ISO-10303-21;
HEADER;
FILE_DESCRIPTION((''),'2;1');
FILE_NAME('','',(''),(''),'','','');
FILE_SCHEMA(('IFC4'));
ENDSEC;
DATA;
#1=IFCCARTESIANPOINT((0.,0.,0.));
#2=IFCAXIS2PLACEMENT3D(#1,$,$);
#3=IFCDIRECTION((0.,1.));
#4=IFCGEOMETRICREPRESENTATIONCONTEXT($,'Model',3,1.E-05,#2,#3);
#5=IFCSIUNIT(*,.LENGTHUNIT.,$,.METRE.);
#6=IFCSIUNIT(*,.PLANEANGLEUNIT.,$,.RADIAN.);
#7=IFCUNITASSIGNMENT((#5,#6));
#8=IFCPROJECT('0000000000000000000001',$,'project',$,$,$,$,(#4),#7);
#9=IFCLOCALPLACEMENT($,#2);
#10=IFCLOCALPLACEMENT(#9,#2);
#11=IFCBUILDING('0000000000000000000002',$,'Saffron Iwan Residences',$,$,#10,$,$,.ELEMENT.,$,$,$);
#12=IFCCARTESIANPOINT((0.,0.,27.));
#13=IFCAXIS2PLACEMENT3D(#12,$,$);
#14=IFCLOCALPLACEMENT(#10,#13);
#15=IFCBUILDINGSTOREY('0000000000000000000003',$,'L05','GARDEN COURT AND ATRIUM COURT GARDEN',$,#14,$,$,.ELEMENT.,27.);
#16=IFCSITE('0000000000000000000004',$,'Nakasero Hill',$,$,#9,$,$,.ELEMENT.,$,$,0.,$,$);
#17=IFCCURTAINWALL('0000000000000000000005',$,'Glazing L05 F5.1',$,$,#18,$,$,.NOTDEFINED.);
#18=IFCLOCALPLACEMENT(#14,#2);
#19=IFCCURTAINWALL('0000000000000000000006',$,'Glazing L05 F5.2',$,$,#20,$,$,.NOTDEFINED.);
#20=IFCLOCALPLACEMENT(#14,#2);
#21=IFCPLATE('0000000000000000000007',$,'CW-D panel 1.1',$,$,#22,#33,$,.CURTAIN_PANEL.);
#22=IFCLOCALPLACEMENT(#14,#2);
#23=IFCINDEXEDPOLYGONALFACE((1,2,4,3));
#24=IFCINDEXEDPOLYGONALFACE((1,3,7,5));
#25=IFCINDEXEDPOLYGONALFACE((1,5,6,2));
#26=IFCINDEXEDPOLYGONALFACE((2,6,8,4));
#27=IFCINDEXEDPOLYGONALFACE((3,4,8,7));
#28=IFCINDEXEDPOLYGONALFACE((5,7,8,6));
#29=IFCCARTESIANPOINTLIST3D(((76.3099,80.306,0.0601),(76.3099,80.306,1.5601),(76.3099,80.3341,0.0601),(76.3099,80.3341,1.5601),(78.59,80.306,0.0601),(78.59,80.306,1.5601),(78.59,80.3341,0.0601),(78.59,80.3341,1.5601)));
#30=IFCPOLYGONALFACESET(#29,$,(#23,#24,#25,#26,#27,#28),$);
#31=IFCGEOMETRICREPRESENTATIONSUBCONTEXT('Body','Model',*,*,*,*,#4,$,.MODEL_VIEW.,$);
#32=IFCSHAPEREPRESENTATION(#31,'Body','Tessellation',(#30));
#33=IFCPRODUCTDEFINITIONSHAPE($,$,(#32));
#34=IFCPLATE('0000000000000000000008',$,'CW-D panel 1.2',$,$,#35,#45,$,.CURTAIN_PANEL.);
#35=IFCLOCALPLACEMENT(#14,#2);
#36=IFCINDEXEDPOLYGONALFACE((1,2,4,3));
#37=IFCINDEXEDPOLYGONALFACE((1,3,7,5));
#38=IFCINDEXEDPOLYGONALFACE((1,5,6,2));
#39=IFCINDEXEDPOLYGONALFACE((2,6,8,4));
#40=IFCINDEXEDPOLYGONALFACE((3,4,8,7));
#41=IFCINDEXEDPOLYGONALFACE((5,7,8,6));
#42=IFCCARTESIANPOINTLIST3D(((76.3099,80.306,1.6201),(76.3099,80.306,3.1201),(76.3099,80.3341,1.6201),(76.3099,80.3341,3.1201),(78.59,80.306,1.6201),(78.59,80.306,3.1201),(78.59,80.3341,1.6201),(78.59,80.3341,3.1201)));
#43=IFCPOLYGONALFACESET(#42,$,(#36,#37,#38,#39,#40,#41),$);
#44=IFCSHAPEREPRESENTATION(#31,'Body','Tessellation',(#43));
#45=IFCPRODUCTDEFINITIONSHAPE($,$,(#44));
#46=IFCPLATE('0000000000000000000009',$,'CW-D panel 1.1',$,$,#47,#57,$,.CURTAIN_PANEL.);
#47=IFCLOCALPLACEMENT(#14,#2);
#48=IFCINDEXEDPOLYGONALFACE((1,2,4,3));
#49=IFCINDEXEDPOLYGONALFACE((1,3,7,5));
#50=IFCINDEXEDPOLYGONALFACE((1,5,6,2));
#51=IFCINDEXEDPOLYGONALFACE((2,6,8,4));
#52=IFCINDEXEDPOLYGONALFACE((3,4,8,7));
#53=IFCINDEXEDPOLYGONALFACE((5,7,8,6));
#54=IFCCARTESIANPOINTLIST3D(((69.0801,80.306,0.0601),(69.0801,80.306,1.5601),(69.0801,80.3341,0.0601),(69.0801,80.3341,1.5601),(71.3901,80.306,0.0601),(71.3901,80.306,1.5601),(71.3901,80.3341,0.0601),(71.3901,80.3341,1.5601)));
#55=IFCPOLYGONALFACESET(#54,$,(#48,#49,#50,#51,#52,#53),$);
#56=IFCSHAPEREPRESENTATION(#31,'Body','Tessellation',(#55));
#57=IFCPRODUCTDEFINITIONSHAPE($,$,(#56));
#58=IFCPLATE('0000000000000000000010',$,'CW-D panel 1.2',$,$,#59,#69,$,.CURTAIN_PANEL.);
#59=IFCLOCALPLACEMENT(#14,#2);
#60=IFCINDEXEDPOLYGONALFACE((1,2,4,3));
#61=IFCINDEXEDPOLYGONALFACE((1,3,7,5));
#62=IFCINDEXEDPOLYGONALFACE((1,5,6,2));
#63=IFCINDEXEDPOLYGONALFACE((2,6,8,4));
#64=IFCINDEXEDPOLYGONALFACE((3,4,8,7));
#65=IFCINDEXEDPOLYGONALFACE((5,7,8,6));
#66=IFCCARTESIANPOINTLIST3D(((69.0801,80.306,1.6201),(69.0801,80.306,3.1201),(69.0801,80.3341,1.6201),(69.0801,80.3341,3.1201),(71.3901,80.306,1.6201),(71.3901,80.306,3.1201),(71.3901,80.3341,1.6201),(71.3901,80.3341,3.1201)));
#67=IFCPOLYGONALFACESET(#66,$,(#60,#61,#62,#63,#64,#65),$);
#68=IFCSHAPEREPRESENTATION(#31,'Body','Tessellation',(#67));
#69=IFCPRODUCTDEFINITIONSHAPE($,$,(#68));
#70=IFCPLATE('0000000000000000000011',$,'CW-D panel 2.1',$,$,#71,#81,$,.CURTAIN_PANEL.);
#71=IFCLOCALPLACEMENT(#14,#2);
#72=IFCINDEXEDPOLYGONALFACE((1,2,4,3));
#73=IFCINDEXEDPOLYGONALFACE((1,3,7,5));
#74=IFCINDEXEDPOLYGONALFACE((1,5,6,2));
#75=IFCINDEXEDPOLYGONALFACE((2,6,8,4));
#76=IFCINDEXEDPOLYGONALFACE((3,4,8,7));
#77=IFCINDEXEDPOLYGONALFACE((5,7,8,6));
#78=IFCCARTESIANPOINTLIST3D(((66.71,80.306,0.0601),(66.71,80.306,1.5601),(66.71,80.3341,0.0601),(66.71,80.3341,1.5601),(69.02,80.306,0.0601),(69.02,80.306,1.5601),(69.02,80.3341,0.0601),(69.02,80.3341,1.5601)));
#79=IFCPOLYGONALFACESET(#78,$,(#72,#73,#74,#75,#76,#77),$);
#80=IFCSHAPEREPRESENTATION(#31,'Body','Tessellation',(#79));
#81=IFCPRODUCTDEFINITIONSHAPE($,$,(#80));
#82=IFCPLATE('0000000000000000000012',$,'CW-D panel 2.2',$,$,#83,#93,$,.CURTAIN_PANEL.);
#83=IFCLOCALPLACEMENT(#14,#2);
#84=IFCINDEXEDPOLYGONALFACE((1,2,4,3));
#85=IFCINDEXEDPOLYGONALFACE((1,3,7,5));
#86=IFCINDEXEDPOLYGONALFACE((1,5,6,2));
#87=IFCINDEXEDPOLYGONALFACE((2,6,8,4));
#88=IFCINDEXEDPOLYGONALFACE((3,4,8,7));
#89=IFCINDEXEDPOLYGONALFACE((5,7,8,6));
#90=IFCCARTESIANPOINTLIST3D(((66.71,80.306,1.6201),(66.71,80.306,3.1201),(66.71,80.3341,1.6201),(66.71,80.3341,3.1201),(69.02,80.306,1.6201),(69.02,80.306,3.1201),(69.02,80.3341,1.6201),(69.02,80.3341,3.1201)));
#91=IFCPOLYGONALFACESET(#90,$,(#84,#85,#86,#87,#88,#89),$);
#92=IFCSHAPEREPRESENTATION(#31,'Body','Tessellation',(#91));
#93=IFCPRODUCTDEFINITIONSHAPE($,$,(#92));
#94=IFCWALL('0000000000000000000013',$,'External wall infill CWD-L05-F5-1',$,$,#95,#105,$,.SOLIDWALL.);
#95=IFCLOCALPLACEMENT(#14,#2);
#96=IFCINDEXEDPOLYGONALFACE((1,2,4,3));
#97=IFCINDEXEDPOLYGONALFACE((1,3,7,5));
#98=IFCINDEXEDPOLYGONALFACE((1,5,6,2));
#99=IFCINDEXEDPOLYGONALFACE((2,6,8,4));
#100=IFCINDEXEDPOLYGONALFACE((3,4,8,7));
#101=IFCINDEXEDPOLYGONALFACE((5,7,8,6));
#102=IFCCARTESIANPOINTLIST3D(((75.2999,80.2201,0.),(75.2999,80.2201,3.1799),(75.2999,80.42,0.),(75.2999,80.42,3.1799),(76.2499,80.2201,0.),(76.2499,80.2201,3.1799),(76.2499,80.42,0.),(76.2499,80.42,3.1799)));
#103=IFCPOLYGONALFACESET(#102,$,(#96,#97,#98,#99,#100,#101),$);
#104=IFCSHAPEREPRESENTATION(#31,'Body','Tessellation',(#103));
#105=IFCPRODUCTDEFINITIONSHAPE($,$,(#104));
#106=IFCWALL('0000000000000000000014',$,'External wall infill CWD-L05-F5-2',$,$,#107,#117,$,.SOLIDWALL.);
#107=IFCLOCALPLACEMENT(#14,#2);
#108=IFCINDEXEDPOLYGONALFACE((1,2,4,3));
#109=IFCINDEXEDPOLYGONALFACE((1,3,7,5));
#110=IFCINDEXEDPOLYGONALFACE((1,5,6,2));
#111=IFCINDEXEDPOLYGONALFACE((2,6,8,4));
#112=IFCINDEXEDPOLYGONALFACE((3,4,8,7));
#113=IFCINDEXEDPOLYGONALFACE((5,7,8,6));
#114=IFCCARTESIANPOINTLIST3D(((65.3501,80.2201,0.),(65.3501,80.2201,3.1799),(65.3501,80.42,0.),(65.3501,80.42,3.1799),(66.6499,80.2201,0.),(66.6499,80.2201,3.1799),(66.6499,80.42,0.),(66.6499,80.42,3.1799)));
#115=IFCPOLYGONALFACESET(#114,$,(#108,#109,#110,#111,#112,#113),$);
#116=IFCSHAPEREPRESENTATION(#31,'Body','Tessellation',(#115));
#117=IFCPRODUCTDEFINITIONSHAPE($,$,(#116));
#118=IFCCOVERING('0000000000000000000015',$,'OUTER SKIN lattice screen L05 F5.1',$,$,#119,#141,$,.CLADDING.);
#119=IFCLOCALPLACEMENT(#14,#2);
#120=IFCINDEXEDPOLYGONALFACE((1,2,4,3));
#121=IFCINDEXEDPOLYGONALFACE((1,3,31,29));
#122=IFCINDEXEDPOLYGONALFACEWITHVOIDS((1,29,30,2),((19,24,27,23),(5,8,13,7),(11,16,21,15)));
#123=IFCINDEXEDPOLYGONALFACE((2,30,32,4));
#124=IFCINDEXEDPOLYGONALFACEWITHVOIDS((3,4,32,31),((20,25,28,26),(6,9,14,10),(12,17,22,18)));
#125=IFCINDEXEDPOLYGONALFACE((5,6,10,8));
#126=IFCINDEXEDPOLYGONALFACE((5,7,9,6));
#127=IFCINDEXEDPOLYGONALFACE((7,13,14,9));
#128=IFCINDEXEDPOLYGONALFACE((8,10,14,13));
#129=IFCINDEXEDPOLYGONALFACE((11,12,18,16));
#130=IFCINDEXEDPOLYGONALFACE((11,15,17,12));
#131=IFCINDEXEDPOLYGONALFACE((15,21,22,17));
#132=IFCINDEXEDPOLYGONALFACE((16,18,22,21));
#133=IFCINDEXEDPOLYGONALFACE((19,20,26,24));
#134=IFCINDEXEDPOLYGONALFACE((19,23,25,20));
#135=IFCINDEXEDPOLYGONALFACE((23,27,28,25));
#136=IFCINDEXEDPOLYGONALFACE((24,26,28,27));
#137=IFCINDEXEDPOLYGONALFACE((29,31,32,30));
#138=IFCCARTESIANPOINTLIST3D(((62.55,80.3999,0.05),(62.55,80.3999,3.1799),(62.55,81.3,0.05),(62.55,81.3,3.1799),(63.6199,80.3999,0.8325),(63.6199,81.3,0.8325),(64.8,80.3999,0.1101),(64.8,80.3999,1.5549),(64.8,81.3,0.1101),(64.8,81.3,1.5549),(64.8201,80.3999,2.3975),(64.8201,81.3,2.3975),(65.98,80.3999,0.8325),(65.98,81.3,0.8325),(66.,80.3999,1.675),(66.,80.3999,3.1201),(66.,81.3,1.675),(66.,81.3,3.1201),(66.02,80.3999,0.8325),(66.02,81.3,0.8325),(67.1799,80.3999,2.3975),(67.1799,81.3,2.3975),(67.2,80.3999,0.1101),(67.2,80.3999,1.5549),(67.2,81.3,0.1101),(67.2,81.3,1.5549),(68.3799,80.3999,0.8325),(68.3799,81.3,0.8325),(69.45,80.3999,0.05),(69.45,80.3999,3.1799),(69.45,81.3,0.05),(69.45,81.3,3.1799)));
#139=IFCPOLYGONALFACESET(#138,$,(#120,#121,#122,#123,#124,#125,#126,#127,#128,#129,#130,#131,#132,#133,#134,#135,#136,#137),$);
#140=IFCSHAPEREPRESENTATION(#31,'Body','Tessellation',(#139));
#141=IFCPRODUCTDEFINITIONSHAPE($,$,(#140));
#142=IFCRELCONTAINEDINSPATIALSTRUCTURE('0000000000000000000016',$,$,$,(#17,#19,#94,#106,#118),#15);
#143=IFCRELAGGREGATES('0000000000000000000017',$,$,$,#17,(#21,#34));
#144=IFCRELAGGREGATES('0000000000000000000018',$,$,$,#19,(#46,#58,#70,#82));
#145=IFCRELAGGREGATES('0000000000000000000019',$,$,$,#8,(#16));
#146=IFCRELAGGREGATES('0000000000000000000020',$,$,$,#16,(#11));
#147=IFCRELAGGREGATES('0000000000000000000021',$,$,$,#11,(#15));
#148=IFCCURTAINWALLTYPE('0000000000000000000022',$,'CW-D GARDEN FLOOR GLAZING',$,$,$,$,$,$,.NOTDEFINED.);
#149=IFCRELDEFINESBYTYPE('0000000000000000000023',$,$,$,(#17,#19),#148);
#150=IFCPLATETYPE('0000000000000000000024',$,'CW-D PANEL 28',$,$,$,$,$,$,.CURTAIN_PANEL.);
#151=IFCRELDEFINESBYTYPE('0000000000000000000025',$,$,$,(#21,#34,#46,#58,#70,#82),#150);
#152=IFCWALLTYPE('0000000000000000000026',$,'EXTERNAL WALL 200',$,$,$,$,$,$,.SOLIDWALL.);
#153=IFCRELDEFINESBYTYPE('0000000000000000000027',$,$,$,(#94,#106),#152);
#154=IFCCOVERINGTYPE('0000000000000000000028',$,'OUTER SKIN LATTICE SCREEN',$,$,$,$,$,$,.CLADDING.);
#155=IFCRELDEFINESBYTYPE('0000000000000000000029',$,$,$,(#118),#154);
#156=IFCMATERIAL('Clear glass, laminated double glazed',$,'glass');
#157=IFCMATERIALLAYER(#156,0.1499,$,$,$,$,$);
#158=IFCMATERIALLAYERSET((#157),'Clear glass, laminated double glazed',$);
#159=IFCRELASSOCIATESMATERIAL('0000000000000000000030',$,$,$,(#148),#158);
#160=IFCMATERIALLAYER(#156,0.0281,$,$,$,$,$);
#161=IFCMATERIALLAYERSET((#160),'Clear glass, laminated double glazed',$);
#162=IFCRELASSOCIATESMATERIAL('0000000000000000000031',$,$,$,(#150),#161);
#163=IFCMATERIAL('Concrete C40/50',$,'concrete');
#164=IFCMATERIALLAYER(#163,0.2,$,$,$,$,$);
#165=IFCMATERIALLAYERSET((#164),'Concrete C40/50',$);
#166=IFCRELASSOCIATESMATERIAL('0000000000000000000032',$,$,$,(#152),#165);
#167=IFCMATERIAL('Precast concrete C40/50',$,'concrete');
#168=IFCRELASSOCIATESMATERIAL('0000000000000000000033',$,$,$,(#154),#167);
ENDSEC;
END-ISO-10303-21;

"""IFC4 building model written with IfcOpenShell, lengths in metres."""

from ifc_helpers import new_model, si_unit, direction, frame, frame_2d, origin, origin_2d, place, context, subcontext, project, spatial, polyline, rectangle, outline, extrude, source, transform, mapped, material, layer, layer_set, type_object, element, aggregate, save


model = new_model("IFC4")

# Units and contexts
model_context = context("Model", 3, precision=1e-05, world=origin(), true_north=direction((0.0, 1.0)))
body_context = subcontext(model_context, "Body", "Model", "MODEL_VIEW")
ifc_project = project(units=[si_unit("LENGTHUNIT", "METRE"), si_unit("PLANEANGLEUNIT", "RADIAN")], contexts=[model_context])

# Site, building, storey
site_placement = place(None, origin())
site = spatial("IfcSite", under=ifc_project, at=site_placement, Name="Nakasero Hill", CompositionType="ELEMENT", RefElevation=0.0)
building_placement = place(site_placement, origin())
building = spatial("IfcBuilding", under=site, at=building_placement, Name="Saffron Iwan Residences", CompositionType="ELEMENT")
storey_placement = place(building_placement, frame((0.0, 0.0, 27.0)))
storey = spatial("IfcBuildingStorey", under=building, at=storey_placement, Name="L05", Description="GARDEN COURT AND ATRIUM COURT GARDEN", CompositionType="ELEMENT", Elevation=27.0)

# Curtain wall
ifc_material_1 = material(Name="Clear glass, laminated double glazed", Category="glass")
ifc_layer_1 = layer(ifc_material_1, 0.1499)
ifc_layer_set_1 = layer_set([ifc_layer_1], Name="Clear glass, laminated double glazed")
curtain_wall_type = type_object("IfcCurtainWallType", Name="CW-D GARDEN FLOOR GLAZING", PredefinedType="NOTDEFINED", material=ifc_layer_set_1)
curtain_wall_1_placement = place(storey_placement, origin())
curtain_wall_1 = element("IfcCurtainWall", 1, at=curtain_wall_1_placement, inside=storey, type_object=curtain_wall_type, Name="Glazing L05 F5.1", PredefinedType="NOTDEFINED")

# Curtain wall
curtain_wall_2_placement = place(storey_placement, origin())
curtain_wall_2 = element("IfcCurtainWall", 2, at=curtain_wall_2_placement, inside=storey, type_object=curtain_wall_type, Name="Glazing L05 F5.2", PredefinedType="NOTDEFINED")

# Plates
ifc_layer_2 = layer(ifc_material_1, 0.0281)
ifc_layer_set_2 = layer_set([ifc_layer_2], Name="Clear glass, laminated double glazed")
plate_type = type_object("IfcPlateType", Name="CW-D PANEL 28", PredefinedType="CURTAIN_PANEL", material=ifc_layer_set_2)
shared_shape_1 = source(origin(), body_context, "Body", "SweptSolid", [
    extrude(rectangle(XDim=2.28, YDim=0.0281, at=origin_2d()), origin(), (0.0, 0.0, 1.0), 1.5),
])
plate_1_placement = place(storey_placement, frame((77.45, 80.3201, 0.0601), z_axis=(0.0, 0.0, 1.0), x_axis=(-1.0, 0.0, 0.0)))
plate_1 = element("IfcPlate", 3, at=plate_1_placement, type_object=plate_type, Name="CW-D panel 1.1", PredefinedType="CURTAIN_PANEL", context=body_context, shape_type="MappedRepresentation", body=[
    mapped(shared_shape_1, transform((0.0, 0.0, 0.0))),
])
plate_2_placement = place(storey_placement, frame((77.45, 80.3201, 1.6201), z_axis=(0.0, 0.0, 1.0), x_axis=(-1.0, 0.0, 0.0)))
plate_2 = element("IfcPlate", 4, at=plate_2_placement, type_object=plate_type, Name="CW-D panel 1.2", PredefinedType="CURTAIN_PANEL", context=body_context, shape_type="MappedRepresentation", body=[
    mapped(shared_shape_1, transform((0.0, 0.0, 0.0))),
])
aggregate(curtain_wall_1, [plate_1, plate_2])
shared_shape_2 = source(origin(), body_context, "Body", "SweptSolid", [
    extrude(rectangle(XDim=2.3101, YDim=0.0281, at=origin_2d()), origin(), (0.0, 0.0, 1.0), 1.5),
])
plate_3_placement = place(storey_placement, frame((70.2351, 80.3201, 0.0601), z_axis=(0.0, 0.0, 1.0), x_axis=(-1.0, 0.0, 0.0)))
plate_3 = element("IfcPlate", 5, at=plate_3_placement, type_object=plate_type, Name="CW-D panel 1.1", PredefinedType="CURTAIN_PANEL", context=body_context, shape_type="MappedRepresentation", body=[
    mapped(shared_shape_2, transform((0.0, 0.0, 0.0))),
])
plate_4_placement = place(storey_placement, frame((70.2351, 80.3201, 1.6201), z_axis=(0.0, 0.0, 1.0), x_axis=(-1.0, 0.0, 0.0)))
plate_4 = element("IfcPlate", 6, at=plate_4_placement, type_object=plate_type, Name="CW-D panel 1.2", PredefinedType="CURTAIN_PANEL", context=body_context, shape_type="MappedRepresentation", body=[
    mapped(shared_shape_2, transform((0.0, 0.0, 0.0))),
])
plate_5_placement = place(storey_placement, frame((67.865, 80.3201, 0.0601), z_axis=(0.0, 0.0, 1.0), x_axis=(-1.0, 0.0, 0.0)))
plate_5 = element("IfcPlate", 7, at=plate_5_placement, type_object=plate_type, Name="CW-D panel 2.1", PredefinedType="CURTAIN_PANEL", context=body_context, shape_type="MappedRepresentation", body=[
    mapped(shared_shape_2, transform((0.0, 0.0, 0.0))),
])
plate_6_placement = place(storey_placement, frame((67.865, 80.3201, 1.6201), z_axis=(0.0, 0.0, 1.0), x_axis=(-1.0, 0.0, 0.0)))
plate_6 = element("IfcPlate", 8, at=plate_6_placement, type_object=plate_type, Name="CW-D panel 2.2", PredefinedType="CURTAIN_PANEL", context=body_context, shape_type="MappedRepresentation", body=[
    mapped(shared_shape_2, transform((0.0, 0.0, 0.0))),
])
aggregate(curtain_wall_2, [plate_3, plate_4, plate_5, plate_6])

# Walls
ifc_material_2 = material(Name="Concrete C40/50", Category="concrete")
ifc_layer_3 = layer(ifc_material_2, 0.2)
ifc_layer_set_3 = layer_set([ifc_layer_3], Name="Concrete C40/50")
wall_type = type_object("IfcWallType", Name="EXTERNAL WALL 200", PredefinedType="SOLIDWALL", material=ifc_layer_set_3)
wall_1_placement = place(storey_placement, frame((76.25, 80.3201, 0.0), z_axis=(0.0, 0.0, 1.0), x_axis=(-1.0, 0.0, 0.0)))
element("IfcWall", 9, at=wall_1_placement, inside=storey, type_object=wall_type, Name="External wall infill CWD-L05-F5-1", PredefinedType="SOLIDWALL", context=body_context, shape_type="SweptSolid", body=[
    extrude(rectangle(XDim=0.95, YDim=0.2, at=frame_2d((0.4751, 0.0))), origin(), (0.0, 0.0, 1.0), 3.1799),
])
wall_2_placement = place(storey_placement, frame((66.6499, 80.3201, 0.0), z_axis=(0.0, 0.0, 1.0), x_axis=(-1.0, 0.0, 0.0)))
element("IfcWall", 10, at=wall_2_placement, inside=storey, type_object=wall_type, Name="External wall infill CWD-L05-F5-2", PredefinedType="SOLIDWALL", context=body_context, shape_type="SweptSolid", body=[
    extrude(rectangle(XDim=1.2998, YDim=0.2, at=frame_2d((0.6499, 0.0))), origin(), (0.0, 0.0, 1.0), 3.1799),
])

# Covering
ifc_material_3 = material(Name="Precast concrete C40/50", Category="concrete")
covering_type = type_object("IfcCoveringType", Name="OUTER SKIN LATTICE SCREEN", PredefinedType="CLADDING", material=ifc_material_3)
covering_placement = place(storey_placement, frame((69.45, 80.3999, 0.05), z_axis=(0.0, 1.0, 0.0), x_axis=(-1.0, 0.0, 0.0)))
element("IfcCovering", 11, at=covering_placement, inside=storey, type_object=covering_type, Name="OUTER SKIN lattice screen L05 F5.1", PredefinedType="CLADDING", context=body_context, shape_type="SweptSolid", body=[
    extrude(outline(polyline([(0.0, 0.0), (6.8999, 0.0), (6.8999, 3.1299), (0.0, 3.1299), (0.0, 0.0)]), holes=[polyline([(1.0701, 0.7825), (2.25, 0.0601), (3.4299, 0.7825), (2.25, 1.5049), (1.0701, 0.7825)]), polyline([(3.47, 0.7825), (4.6499, 0.0601), (5.8301, 0.7825), (4.6499, 1.5049), (3.47, 0.7825)]), polyline([(2.27, 2.3474), (3.45, 1.625), (4.6299, 2.3474), (3.45, 3.0701), (2.27, 2.3474)])]), origin(), (0.0, 0.0, 1.0), 0.9001),
])

save(model, "model.ifc")
